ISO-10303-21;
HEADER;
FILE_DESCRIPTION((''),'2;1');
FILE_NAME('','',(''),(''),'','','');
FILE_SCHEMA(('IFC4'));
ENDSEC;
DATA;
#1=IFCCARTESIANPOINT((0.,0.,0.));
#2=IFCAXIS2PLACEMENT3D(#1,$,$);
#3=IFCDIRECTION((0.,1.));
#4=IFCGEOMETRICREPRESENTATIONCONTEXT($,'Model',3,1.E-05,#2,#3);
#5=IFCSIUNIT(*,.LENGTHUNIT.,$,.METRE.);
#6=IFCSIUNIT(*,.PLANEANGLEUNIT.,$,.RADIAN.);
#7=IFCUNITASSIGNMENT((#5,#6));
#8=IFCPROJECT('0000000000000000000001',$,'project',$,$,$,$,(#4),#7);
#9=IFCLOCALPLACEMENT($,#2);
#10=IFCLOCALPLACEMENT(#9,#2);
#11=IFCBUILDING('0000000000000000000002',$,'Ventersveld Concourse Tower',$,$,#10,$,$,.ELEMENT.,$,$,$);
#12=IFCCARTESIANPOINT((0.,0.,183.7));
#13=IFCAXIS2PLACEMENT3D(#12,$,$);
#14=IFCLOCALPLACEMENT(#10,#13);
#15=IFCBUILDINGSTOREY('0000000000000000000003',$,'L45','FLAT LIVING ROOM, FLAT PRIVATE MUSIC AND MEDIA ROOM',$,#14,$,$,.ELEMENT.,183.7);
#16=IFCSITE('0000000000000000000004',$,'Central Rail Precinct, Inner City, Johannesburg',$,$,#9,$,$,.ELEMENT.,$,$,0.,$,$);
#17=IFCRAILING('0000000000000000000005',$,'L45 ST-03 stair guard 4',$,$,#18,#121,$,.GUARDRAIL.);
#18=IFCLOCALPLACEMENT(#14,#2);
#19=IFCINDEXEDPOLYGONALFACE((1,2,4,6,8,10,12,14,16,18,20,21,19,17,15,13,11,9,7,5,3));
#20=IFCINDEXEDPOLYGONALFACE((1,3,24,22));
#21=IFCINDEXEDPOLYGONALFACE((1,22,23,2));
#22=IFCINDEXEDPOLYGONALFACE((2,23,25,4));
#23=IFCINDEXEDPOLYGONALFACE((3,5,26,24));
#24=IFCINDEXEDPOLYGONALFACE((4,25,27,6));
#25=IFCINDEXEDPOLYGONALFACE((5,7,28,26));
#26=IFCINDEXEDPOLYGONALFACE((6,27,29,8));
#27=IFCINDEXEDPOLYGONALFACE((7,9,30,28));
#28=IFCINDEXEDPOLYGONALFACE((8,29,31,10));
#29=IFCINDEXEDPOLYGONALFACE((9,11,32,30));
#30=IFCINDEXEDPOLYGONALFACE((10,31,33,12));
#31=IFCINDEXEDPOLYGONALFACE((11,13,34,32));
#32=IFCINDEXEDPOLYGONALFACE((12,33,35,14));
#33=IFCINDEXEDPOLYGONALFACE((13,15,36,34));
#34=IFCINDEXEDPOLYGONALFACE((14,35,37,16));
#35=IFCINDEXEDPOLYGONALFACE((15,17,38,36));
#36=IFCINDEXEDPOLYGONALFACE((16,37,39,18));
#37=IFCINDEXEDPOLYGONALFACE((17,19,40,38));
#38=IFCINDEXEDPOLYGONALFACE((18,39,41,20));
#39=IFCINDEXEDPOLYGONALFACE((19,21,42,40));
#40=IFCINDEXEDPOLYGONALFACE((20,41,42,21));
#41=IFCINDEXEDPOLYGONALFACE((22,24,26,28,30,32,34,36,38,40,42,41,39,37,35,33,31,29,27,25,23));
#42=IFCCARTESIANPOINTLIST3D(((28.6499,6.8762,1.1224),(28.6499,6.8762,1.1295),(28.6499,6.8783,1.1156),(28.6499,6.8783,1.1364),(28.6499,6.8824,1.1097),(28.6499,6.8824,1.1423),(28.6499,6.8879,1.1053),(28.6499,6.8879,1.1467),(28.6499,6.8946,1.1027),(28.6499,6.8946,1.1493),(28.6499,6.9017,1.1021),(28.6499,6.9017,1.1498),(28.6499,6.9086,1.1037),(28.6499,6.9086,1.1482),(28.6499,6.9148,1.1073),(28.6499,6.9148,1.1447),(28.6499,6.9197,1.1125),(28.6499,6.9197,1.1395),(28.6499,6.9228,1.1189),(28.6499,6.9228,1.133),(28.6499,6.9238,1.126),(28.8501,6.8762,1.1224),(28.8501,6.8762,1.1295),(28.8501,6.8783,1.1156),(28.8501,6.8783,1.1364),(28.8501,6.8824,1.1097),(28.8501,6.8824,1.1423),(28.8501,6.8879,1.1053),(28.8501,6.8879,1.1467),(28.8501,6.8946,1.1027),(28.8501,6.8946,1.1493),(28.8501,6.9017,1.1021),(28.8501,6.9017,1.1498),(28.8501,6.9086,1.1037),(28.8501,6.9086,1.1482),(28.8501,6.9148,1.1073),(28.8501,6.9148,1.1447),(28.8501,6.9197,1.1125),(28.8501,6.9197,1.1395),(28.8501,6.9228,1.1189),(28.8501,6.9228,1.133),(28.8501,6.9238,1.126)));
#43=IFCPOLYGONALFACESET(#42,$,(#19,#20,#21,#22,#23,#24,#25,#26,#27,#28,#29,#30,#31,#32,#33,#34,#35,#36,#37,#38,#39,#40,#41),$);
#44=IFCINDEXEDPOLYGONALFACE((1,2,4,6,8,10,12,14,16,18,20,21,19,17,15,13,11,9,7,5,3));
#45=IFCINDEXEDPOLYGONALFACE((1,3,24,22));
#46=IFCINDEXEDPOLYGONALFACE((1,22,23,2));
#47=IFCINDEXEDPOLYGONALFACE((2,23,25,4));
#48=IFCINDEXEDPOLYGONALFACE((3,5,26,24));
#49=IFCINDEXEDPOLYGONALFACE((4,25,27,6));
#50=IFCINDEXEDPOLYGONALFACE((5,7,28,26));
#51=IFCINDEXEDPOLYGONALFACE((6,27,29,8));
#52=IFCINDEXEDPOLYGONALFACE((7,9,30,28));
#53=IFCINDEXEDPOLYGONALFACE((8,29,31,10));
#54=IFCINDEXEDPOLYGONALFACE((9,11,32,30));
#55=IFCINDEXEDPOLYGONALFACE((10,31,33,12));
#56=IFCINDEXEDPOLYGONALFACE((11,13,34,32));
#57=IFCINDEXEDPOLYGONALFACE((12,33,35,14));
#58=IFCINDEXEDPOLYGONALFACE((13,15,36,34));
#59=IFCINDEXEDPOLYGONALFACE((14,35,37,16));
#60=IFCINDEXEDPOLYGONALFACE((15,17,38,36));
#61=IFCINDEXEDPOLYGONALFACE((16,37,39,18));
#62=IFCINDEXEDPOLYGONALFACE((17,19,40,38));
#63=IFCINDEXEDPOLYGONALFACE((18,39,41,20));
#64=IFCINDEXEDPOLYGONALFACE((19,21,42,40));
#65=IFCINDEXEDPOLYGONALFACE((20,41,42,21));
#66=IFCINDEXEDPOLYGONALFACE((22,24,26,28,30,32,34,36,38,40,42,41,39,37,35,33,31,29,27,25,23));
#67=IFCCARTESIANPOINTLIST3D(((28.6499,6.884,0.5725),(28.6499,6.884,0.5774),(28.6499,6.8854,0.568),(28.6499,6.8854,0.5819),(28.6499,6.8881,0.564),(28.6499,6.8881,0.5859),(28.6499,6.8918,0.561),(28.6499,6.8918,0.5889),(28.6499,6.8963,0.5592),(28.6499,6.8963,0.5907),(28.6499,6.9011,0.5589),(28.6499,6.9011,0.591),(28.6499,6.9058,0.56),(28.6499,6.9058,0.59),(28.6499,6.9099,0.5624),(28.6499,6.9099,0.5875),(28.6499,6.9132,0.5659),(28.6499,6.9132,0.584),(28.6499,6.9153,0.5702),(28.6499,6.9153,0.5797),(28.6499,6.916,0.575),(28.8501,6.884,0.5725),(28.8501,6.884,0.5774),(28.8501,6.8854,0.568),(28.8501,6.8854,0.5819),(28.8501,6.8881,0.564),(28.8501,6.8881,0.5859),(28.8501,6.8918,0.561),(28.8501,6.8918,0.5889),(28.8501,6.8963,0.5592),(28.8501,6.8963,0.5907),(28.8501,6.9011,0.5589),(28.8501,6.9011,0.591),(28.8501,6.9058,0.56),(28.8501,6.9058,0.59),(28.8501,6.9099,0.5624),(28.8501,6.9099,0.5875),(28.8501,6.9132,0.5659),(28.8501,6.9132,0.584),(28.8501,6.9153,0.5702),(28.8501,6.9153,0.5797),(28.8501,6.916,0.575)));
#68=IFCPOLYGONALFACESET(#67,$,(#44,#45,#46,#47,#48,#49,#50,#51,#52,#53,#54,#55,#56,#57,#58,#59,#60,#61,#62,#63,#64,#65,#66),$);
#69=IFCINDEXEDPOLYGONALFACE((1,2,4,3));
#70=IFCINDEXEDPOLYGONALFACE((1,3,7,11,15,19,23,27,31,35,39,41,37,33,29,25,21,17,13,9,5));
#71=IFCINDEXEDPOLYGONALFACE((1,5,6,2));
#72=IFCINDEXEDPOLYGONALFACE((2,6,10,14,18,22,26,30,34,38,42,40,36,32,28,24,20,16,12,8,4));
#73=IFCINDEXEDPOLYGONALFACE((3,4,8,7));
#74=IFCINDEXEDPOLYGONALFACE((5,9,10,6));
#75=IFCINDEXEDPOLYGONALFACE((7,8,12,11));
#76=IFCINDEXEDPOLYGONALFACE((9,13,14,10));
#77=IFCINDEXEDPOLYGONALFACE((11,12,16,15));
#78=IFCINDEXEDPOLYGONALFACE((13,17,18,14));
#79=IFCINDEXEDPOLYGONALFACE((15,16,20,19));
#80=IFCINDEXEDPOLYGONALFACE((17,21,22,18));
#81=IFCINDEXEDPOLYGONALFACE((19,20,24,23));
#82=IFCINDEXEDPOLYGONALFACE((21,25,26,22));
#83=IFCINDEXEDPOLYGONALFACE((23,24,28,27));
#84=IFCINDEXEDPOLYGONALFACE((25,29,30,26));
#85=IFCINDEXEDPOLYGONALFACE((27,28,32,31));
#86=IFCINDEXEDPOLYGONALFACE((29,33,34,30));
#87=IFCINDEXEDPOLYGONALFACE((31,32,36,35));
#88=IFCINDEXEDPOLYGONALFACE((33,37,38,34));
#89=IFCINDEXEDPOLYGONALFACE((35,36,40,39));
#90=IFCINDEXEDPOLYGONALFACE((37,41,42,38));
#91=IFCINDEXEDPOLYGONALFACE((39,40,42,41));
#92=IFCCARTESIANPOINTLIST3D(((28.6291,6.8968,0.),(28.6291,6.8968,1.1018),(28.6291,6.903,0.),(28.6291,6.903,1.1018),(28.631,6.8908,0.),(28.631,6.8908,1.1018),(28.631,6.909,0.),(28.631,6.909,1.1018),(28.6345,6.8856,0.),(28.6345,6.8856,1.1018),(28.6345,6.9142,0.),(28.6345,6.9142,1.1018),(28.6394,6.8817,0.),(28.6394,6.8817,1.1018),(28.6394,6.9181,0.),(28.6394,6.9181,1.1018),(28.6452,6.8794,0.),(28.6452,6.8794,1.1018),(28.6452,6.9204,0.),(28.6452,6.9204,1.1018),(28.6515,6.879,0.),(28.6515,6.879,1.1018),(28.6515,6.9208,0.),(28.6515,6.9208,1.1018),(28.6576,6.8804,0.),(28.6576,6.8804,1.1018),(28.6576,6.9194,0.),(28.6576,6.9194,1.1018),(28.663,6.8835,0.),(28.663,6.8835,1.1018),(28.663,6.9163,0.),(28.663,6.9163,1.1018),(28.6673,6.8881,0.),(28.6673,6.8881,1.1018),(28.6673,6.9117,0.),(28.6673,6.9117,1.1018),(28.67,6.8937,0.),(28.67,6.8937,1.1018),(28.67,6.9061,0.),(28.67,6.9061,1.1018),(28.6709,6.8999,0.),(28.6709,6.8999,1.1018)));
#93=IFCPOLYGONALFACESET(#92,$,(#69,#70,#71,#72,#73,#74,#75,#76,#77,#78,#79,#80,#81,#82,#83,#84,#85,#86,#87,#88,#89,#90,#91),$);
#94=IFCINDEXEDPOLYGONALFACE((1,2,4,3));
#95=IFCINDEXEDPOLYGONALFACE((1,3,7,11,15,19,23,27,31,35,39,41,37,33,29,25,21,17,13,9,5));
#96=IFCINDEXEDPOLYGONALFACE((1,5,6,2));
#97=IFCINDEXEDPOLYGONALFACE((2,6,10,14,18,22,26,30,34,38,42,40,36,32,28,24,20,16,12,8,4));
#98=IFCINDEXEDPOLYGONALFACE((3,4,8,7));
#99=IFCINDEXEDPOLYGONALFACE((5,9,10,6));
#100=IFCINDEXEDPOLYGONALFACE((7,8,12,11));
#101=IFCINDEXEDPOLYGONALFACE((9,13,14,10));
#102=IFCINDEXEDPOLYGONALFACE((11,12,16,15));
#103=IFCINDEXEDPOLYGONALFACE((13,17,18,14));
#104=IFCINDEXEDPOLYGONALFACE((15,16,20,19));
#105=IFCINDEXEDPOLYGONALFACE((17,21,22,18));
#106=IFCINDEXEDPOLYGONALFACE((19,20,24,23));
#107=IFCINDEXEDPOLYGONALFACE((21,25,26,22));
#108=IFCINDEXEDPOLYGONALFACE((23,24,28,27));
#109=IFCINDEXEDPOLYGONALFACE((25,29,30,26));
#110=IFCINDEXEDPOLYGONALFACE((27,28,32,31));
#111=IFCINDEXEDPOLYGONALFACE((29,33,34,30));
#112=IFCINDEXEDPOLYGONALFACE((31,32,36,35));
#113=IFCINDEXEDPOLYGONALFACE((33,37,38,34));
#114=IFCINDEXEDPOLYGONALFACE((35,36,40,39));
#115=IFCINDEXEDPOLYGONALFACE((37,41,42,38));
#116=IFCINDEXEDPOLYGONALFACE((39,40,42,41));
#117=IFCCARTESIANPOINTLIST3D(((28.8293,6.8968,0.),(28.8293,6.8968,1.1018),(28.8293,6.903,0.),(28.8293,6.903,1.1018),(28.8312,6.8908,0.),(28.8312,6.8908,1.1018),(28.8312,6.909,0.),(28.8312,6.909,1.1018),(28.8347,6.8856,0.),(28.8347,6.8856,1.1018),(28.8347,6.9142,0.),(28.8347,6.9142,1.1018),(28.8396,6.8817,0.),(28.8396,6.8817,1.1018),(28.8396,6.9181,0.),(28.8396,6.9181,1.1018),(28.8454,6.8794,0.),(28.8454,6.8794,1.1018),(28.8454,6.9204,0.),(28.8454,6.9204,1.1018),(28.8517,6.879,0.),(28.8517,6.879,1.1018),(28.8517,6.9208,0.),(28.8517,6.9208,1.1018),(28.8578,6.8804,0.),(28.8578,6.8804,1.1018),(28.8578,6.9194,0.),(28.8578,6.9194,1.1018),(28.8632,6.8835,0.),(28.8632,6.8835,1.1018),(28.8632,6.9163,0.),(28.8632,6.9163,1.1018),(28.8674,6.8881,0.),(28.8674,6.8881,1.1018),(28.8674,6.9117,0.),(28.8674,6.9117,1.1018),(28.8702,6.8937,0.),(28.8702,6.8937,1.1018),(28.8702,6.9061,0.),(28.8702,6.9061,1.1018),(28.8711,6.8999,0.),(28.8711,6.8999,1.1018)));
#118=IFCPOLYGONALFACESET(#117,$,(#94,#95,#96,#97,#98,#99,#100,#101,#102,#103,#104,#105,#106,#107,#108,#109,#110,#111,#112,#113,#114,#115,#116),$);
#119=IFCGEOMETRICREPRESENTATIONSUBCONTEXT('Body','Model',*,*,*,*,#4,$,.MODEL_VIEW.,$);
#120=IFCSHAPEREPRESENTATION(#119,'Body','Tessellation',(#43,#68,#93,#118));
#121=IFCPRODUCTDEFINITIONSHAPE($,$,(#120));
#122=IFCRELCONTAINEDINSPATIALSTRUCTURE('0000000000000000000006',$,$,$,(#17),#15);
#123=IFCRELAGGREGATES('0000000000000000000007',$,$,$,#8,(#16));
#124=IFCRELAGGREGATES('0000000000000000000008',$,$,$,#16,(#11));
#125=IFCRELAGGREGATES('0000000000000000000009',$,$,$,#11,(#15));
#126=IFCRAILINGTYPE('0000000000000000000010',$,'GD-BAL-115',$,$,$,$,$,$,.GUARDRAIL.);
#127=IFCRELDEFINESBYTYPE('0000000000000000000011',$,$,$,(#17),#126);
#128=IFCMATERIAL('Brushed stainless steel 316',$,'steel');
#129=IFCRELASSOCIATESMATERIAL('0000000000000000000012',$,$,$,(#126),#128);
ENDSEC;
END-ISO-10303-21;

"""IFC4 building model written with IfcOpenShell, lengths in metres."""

from ifc_helpers import new_model, si_unit, direction, frame, origin, origin_2d, place, context, subcontext, project, spatial, circle, extrude, material, type_object, element, save


model = new_model("IFC4")

# Units and contexts
model_context = context("Model", 3, precision=1e-05, world=origin(), true_north=direction((0.0, 1.0)))
body_context = subcontext(model_context, "Body", "Model", "MODEL_VIEW")
ifc_project = project(units=[si_unit("LENGTHUNIT", "METRE"), si_unit("PLANEANGLEUNIT", "RADIAN")], contexts=[model_context])

# Site, building, storey
site_placement = place(None, origin())
site = spatial("IfcSite", under=ifc_project, at=site_placement, Name="Central Rail Precinct, Inner City, Johannesburg", CompositionType="ELEMENT", RefElevation=0.0)
building_placement = place(site_placement, origin())
building = spatial("IfcBuilding", under=site, at=building_placement, Name="Ventersveld Concourse Tower", CompositionType="ELEMENT")
storey_placement = place(building_placement, frame((0.0, 0.0, 183.7)))
storey = spatial("IfcBuildingStorey", under=building, at=storey_placement, Name="L45", Description="FLAT LIVING ROOM, FLAT PRIVATE MUSIC AND MEDIA ROOM", CompositionType="ELEMENT", Elevation=183.7)

# Shared definitions
ifc_material_1 = material(Name="Brushed stainless steel 316", Category="steel")

# Railing
railing_type_1 = type_object("IfcRailingType", Name="GD-BAL-115", PredefinedType="GUARDRAIL", material=ifc_material_1)
railing_1_placement = place(storey_placement, frame((28.6499, 6.8999, 0.0)))
element("IfcRailing", 1, at=railing_1_placement, inside=storey, type_object=railing_type_1, Name="L45 ST-03 stair guard 4", PredefinedType="GUARDRAIL", context=body_context, shape_type="SweptSolid", body=[
    extrude(circle(Radius=0.0239, at=origin_2d()), frame((0.0, 0.0, 1.126), z_axis=(1.0, 0.0, 0.0), x_axis=(0.0, 1.0, 0.0)), (0.0, 0.0, 1.0), 0.2002),
    extrude(circle(Radius=0.0161, at=origin_2d()), frame((0.0, 0.0, 0.575), z_axis=(1.0, 0.0, 0.0), x_axis=(0.0, 1.0, 0.0)), (0.0, 0.0, 1.0), 0.2002),
    extrude(circle(Radius=0.021, at=origin_2d()), origin(), (0.0, 0.0, 1.0), 1.1018),
    extrude(circle(Radius=0.021, at=origin_2d()), frame((0.2002, 0.0, 0.0)), (0.0, 0.0, 1.0), 1.1018),
])

save(model, "model.ifc")
